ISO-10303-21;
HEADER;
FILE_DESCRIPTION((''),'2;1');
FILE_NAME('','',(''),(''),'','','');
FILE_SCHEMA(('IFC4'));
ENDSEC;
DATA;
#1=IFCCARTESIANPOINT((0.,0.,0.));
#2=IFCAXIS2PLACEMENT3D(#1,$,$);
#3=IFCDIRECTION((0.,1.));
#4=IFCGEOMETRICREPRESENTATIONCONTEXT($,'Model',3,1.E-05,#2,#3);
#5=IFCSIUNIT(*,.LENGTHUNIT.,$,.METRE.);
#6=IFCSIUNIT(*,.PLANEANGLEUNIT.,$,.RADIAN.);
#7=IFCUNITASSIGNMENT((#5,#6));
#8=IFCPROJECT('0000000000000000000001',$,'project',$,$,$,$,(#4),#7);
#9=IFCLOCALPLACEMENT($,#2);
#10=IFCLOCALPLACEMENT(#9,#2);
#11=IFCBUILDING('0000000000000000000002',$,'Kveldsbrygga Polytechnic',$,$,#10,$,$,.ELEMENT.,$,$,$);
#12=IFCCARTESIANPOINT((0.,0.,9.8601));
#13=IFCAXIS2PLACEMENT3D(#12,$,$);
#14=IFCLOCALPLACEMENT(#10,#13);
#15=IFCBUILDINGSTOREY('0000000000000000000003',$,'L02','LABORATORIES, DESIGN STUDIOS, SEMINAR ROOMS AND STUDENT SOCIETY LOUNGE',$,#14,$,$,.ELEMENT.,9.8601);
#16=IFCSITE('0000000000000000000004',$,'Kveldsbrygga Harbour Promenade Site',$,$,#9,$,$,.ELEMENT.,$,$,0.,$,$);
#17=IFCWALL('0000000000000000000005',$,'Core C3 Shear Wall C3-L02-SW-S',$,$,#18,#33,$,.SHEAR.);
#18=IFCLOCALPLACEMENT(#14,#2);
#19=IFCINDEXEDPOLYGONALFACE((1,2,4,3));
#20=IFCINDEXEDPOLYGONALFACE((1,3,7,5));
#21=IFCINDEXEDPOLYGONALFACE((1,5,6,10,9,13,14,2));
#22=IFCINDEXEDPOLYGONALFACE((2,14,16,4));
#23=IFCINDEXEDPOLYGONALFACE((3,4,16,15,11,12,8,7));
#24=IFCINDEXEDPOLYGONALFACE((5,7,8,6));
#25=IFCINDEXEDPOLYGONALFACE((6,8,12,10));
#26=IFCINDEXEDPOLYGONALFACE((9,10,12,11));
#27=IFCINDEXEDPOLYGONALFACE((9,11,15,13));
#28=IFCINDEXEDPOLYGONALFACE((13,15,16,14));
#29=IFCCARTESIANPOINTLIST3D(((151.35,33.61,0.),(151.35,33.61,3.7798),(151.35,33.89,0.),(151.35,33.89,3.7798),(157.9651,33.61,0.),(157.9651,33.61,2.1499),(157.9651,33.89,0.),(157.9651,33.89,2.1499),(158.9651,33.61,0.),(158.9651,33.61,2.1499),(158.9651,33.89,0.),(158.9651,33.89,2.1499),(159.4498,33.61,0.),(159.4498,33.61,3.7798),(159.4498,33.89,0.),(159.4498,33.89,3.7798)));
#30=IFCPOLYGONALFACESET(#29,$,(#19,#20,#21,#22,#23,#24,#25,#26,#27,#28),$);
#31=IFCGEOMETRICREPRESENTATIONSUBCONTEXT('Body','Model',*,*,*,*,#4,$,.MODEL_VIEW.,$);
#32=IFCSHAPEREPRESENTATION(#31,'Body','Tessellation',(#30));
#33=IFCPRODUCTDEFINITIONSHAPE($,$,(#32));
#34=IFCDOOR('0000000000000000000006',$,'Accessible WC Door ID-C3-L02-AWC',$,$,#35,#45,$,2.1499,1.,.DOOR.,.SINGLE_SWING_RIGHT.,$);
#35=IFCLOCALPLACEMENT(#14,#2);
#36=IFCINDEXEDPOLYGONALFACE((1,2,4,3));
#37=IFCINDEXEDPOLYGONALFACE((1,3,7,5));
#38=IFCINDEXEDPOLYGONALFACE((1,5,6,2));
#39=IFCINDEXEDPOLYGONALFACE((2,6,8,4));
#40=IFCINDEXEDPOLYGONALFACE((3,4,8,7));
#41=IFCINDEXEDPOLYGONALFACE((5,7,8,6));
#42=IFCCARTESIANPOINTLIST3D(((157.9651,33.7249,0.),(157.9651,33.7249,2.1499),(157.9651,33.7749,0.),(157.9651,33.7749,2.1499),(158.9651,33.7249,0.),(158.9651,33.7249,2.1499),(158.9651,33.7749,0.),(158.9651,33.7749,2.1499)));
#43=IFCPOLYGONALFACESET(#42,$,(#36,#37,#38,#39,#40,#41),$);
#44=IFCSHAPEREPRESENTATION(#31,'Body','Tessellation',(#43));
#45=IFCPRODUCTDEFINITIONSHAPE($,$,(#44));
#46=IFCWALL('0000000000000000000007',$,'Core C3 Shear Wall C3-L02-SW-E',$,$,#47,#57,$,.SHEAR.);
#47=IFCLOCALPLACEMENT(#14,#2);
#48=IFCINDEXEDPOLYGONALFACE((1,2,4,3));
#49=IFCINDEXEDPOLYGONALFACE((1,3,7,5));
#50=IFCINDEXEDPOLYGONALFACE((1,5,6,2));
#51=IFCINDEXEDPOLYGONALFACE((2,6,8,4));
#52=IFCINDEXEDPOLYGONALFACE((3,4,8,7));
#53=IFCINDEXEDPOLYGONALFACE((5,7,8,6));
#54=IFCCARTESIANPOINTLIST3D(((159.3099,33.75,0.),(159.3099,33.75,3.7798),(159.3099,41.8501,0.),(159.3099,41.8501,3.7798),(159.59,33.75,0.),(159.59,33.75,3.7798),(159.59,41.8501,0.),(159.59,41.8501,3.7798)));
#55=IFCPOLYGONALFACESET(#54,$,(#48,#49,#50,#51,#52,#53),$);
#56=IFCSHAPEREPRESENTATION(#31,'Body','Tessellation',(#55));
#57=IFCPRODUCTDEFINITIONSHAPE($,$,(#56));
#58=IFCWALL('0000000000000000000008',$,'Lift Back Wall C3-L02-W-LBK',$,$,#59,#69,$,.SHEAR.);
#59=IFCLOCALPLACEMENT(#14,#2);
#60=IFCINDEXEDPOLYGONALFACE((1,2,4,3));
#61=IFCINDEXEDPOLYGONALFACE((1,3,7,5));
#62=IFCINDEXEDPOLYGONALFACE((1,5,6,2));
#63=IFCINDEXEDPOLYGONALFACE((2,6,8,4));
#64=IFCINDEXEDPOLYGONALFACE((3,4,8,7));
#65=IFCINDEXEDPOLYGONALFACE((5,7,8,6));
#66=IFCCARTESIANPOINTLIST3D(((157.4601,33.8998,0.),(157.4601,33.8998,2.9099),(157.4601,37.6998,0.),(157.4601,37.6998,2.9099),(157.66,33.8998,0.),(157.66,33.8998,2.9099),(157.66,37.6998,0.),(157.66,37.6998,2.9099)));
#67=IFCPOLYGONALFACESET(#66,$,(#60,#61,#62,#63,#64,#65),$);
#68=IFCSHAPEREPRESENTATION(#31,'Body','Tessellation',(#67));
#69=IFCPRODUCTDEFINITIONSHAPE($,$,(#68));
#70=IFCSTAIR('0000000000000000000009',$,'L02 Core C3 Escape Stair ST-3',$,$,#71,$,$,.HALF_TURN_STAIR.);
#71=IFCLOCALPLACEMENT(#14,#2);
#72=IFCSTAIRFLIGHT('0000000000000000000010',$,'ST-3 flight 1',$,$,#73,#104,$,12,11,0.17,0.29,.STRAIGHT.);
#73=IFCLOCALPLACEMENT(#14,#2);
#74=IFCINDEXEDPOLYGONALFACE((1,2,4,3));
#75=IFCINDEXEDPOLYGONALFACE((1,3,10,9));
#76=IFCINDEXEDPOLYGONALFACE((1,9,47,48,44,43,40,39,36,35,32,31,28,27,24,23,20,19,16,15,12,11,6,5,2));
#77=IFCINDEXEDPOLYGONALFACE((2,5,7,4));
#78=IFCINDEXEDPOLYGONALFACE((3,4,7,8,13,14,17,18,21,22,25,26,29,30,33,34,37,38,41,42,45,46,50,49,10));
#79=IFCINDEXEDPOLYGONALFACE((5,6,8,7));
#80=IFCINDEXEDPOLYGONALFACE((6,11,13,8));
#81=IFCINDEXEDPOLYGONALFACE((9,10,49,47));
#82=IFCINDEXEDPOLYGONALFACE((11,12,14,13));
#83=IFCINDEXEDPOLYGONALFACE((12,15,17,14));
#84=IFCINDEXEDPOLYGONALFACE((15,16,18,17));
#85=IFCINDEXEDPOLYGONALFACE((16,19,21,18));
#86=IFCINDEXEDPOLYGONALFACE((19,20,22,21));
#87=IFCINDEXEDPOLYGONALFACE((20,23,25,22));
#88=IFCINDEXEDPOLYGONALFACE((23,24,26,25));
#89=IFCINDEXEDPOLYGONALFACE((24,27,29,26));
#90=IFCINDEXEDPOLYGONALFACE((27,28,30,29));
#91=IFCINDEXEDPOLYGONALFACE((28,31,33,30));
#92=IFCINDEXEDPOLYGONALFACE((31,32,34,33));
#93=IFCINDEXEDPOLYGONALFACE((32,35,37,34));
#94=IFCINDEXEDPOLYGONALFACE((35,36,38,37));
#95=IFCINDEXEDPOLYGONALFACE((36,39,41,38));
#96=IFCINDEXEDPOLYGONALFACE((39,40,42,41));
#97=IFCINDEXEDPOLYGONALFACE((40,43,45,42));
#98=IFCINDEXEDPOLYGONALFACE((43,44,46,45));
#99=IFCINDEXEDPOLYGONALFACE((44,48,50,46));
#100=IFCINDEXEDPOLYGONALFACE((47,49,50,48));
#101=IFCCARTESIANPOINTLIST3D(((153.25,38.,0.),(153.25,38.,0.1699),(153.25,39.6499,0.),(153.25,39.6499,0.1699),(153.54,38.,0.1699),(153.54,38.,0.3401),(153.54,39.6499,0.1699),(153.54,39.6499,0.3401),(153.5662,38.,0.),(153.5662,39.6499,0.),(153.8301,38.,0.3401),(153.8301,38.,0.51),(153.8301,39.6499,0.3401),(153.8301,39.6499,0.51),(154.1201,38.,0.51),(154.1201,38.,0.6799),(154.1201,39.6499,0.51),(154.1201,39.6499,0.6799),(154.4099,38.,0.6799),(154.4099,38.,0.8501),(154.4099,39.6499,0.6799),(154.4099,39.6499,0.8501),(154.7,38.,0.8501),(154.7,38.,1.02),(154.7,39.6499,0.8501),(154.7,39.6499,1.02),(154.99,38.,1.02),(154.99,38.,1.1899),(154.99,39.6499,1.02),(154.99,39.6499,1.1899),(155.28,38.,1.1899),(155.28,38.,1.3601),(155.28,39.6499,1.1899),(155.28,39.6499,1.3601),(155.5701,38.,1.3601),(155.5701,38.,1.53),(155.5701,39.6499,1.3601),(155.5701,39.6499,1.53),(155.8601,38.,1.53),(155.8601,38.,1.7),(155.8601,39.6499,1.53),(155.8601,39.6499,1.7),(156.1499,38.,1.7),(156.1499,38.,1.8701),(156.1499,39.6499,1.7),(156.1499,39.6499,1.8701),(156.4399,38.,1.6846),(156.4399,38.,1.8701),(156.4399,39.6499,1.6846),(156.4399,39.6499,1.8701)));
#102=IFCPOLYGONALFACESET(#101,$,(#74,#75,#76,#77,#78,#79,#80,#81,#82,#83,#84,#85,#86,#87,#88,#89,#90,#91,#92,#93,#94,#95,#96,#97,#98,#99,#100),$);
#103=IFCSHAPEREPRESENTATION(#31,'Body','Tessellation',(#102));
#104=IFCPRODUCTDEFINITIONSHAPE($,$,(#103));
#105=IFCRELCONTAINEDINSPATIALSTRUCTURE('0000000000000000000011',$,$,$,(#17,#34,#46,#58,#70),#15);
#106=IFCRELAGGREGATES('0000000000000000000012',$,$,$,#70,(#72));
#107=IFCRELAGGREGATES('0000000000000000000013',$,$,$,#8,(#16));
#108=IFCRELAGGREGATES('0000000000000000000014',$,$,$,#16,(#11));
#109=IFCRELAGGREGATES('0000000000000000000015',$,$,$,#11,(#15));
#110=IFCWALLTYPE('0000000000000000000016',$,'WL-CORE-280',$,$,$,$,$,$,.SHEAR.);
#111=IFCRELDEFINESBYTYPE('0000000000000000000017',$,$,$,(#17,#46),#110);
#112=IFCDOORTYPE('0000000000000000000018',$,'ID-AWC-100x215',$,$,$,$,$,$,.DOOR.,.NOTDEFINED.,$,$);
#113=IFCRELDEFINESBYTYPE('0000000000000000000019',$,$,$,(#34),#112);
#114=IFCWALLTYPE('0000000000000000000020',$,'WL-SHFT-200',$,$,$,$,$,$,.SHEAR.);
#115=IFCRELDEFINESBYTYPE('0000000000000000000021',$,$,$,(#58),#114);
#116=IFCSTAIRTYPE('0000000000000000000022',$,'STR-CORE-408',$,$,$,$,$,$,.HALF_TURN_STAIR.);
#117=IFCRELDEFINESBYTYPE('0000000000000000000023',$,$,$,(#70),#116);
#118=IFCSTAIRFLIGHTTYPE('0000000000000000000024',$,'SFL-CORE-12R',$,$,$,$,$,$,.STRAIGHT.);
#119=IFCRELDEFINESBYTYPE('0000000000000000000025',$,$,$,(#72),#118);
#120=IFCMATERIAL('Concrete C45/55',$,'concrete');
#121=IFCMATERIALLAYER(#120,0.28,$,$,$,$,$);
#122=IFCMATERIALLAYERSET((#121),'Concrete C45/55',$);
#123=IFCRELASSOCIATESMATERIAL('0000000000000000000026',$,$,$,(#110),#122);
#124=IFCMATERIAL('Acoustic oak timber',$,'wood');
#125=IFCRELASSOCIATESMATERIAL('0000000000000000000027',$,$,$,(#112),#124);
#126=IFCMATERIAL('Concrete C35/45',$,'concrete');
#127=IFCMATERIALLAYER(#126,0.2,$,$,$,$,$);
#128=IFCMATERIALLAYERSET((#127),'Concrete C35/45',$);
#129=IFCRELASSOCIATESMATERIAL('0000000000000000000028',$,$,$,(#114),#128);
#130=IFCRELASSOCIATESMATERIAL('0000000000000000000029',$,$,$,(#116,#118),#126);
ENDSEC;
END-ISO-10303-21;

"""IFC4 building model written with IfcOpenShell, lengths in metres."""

from ifc_helpers import new_model, si_unit, direction, frame, frame_2d, origin, place, context, subcontext, project, spatial, polyline, rectangle, outline, extrude, material, layer, layer_set, type_object, element, fill, aggregate, save


model = new_model("IFC4")

# Units and contexts
model_context = context("Model", 3, precision=1e-05, world=origin(), true_north=direction((0.0, 1.0)))
body_context = subcontext(model_context, "Body", "Model", "MODEL_VIEW")
ifc_project = project(units=[si_unit("LENGTHUNIT", "METRE"), si_unit("PLANEANGLEUNIT", "RADIAN")], contexts=[model_context])

# Site, building, storey
site_placement = place(None, origin())
site = spatial("IfcSite", under=ifc_project, at=site_placement, Name="Kveldsbrygga Harbour Promenade Site", CompositionType="ELEMENT", RefElevation=0.0)
building_placement = place(site_placement, origin())
building = spatial("IfcBuilding", under=site, at=building_placement, Name="Kveldsbrygga Polytechnic", CompositionType="ELEMENT")
storey_placement = place(building_placement, frame((0.0, 0.0, 9.8601)))
storey = spatial("IfcBuildingStorey", under=building, at=storey_placement, Name="L02", Description="LABORATORIES, DESIGN STUDIOS, SEMINAR ROOMS AND STUDENT SOCIETY LOUNGE", CompositionType="ELEMENT", Elevation=9.8601)

# Shared definitions
ifc_material_1 = material(Name="Concrete C45/55", Category="concrete")

# Shared definitions
ifc_material_2 = material(Name="Concrete C35/45", Category="concrete")

# Wall, opening, door
ifc_layer_1 = layer(ifc_material_1, 0.28)
ifc_layer_set_1 = layer_set([ifc_layer_1], Name="Concrete C45/55")
wall_type_1 = type_object("IfcWallType", Name="WL-CORE-280", PredefinedType="SHEAR", material=ifc_layer_set_1)
wall_1_placement = place(storey_placement, frame((151.3501, 33.75, 0.0), z_axis=(0.0, 0.0, 1.0), x_axis=(1.0, 0.0, 0.0)))
wall_1 = element("IfcWall", 1, at=wall_1_placement, inside=storey, type_object=wall_type_1, Name="Core C3 Shear Wall C3-L02-SW-S", PredefinedType="SHEAR", context=body_context, shape_type="SweptSolid", body=[
    extrude(rectangle(XDim=8.0999, YDim=0.28, at=frame_2d((4.0498, 0.0))), origin(), (0.0, 0.0, 1.0), 3.7798),
])
opening_1_placement = place(wall_1_placement, frame((6.615, 0.0, 0.0)))
opening_1 = element("IfcOpeningElement", 2, at=opening_1_placement, cuts=wall_1, PredefinedType="OPENING", context=body_context, shape_type="SweptSolid", body=[
    extrude(rectangle(XDim=1.0, YDim=2.1499, at=frame_2d((0.5, 1.075))), frame((0.0, 0.1499, 0.0), z_axis=(0.0, -1.0, 0.0), x_axis=(1.0, 0.0, 0.0)), (0.0, 0.0, 1.0), 0.3),
])
ifc_material_3 = material(Name="Acoustic oak timber", Category="wood")
door_type_1 = type_object("IfcDoorType", Name="ID-AWC-100x215", OperationType="NOTDEFINED", PredefinedType="DOOR", material=ifc_material_3)
door_1_placement = place(opening_1_placement, origin())
door_1 = element("IfcDoor", 3, at=door_1_placement, inside=storey, type_object=door_type_1, Name="Accessible WC Door ID-C3-L02-AWC", OperationType="SINGLE_SWING_RIGHT", OverallHeight=2.1499, OverallWidth=1.0, PredefinedType="DOOR", context=body_context, shape_type="SweptSolid", body=[
    extrude(rectangle(XDim=1.0, YDim=2.1499, at=frame_2d((0.5, 1.075))), frame((0.0, 0.0249, 0.0), z_axis=(0.0, -1.0, 0.0), x_axis=(1.0, 0.0, 0.0)), (0.0, 0.0, 1.0), 0.05),
])
fill(opening_1, door_1)

# Wall
wall_2_placement = place(storey_placement, frame((159.45, 33.75, 0.0), z_axis=(0.0, 0.0, 1.0), x_axis=(0.0, 1.0, 0.0)))
element("IfcWall", 4, at=wall_2_placement, inside=storey, type_object=wall_type_1, Name="Core C3 Shear Wall C3-L02-SW-E", PredefinedType="SHEAR", context=body_context, shape_type="SweptSolid", body=[
    extrude(rectangle(XDim=8.1001, YDim=0.28, at=frame_2d((4.05, 0.0))), origin(), (0.0, 0.0, 1.0), 3.7798),
])

# Shared definitions
ifc_layer_2 = layer(ifc_material_2, 0.2)
ifc_layer_set_2 = layer_set([ifc_layer_2], Name="Concrete C35/45")
wall_type_2 = type_object("IfcWallType", Name="WL-SHFT-200", PredefinedType="SHEAR", material=ifc_layer_set_2)

# Wall
wall_3_placement = place(storey_placement, frame((157.5601, 33.8999, 0.0), z_axis=(0.0, 0.0, 1.0), x_axis=(0.0, 1.0, 0.0)))
element("IfcWall", 5, at=wall_3_placement, inside=storey, type_object=wall_type_2, Name="Lift Back Wall C3-L02-W-LBK", PredefinedType="SHEAR", context=body_context, shape_type="SweptSolid", body=[
    extrude(rectangle(XDim=3.8, YDim=0.2, at=frame_2d((1.8999, 0.0))), origin(), (0.0, 0.0, 1.0), 2.9099),
])

# Stair, stair flight
stair_type = type_object("IfcStairType", Name="STR-CORE-408", PredefinedType="HALF_TURN_STAIR", material=ifc_material_2)
stair_placement = place(storey_placement, origin())
stair = element("IfcStair", 6, at=stair_placement, inside=storey, type_object=stair_type, Name="L02 Core C3 Escape Stair ST-3", PredefinedType="HALF_TURN_STAIR")
stair_flight_type = type_object("IfcStairFlightType", Name="SFL-CORE-12R", PredefinedType="STRAIGHT", material=ifc_material_2)
stair_flight_placement = place(storey_placement, frame((153.25, 38.825, 0.0), z_axis=(0.0, 0.0, 1.0), x_axis=(1.0, 0.0, 0.0)))
stair_flight = element("IfcStairFlight", 7, at=stair_flight_placement, type_object=stair_flight_type, Name="ST-3 flight 1", NumberOfRisers=12, NumberOfTreads=11, PredefinedType="STRAIGHT", RiserHeight=0.17, TreadLength=0.29, context=body_context, shape_type="SweptSolid", body=[
    extrude(outline(polyline([(0.0, 0.0), (0.0, 0.1699), (0.29, 0.1699), (0.29, 0.3401), (0.5801, 0.3401), (0.5801, 0.51), (0.8701, 0.51), (0.8701, 0.6799), (1.1599, 0.6799), (1.1599, 0.8501), (1.45, 0.8501), (1.45, 1.02), (1.74, 1.02), (1.74, 1.1899), (2.03, 1.1899), (2.03, 1.3601), (2.3201, 1.3601), (2.3201, 1.53), (2.6101, 1.53), (2.6101, 1.7), (2.8999, 1.7), (2.8999, 1.8701), (3.1899, 1.8701), (3.1899, 2.04), (3.1899, 1.6846), (0.3162, 0.0), (0.0, 0.0)])), frame((0.0, 0.825, 0.0), z_axis=(0.0, -1.0, 0.0), x_axis=(1.0, 0.0, 0.0)), (0.0, 0.0, 1.0), 1.6499),
])
aggregate(stair, [stair_flight])

save(model, "model.ifc")
